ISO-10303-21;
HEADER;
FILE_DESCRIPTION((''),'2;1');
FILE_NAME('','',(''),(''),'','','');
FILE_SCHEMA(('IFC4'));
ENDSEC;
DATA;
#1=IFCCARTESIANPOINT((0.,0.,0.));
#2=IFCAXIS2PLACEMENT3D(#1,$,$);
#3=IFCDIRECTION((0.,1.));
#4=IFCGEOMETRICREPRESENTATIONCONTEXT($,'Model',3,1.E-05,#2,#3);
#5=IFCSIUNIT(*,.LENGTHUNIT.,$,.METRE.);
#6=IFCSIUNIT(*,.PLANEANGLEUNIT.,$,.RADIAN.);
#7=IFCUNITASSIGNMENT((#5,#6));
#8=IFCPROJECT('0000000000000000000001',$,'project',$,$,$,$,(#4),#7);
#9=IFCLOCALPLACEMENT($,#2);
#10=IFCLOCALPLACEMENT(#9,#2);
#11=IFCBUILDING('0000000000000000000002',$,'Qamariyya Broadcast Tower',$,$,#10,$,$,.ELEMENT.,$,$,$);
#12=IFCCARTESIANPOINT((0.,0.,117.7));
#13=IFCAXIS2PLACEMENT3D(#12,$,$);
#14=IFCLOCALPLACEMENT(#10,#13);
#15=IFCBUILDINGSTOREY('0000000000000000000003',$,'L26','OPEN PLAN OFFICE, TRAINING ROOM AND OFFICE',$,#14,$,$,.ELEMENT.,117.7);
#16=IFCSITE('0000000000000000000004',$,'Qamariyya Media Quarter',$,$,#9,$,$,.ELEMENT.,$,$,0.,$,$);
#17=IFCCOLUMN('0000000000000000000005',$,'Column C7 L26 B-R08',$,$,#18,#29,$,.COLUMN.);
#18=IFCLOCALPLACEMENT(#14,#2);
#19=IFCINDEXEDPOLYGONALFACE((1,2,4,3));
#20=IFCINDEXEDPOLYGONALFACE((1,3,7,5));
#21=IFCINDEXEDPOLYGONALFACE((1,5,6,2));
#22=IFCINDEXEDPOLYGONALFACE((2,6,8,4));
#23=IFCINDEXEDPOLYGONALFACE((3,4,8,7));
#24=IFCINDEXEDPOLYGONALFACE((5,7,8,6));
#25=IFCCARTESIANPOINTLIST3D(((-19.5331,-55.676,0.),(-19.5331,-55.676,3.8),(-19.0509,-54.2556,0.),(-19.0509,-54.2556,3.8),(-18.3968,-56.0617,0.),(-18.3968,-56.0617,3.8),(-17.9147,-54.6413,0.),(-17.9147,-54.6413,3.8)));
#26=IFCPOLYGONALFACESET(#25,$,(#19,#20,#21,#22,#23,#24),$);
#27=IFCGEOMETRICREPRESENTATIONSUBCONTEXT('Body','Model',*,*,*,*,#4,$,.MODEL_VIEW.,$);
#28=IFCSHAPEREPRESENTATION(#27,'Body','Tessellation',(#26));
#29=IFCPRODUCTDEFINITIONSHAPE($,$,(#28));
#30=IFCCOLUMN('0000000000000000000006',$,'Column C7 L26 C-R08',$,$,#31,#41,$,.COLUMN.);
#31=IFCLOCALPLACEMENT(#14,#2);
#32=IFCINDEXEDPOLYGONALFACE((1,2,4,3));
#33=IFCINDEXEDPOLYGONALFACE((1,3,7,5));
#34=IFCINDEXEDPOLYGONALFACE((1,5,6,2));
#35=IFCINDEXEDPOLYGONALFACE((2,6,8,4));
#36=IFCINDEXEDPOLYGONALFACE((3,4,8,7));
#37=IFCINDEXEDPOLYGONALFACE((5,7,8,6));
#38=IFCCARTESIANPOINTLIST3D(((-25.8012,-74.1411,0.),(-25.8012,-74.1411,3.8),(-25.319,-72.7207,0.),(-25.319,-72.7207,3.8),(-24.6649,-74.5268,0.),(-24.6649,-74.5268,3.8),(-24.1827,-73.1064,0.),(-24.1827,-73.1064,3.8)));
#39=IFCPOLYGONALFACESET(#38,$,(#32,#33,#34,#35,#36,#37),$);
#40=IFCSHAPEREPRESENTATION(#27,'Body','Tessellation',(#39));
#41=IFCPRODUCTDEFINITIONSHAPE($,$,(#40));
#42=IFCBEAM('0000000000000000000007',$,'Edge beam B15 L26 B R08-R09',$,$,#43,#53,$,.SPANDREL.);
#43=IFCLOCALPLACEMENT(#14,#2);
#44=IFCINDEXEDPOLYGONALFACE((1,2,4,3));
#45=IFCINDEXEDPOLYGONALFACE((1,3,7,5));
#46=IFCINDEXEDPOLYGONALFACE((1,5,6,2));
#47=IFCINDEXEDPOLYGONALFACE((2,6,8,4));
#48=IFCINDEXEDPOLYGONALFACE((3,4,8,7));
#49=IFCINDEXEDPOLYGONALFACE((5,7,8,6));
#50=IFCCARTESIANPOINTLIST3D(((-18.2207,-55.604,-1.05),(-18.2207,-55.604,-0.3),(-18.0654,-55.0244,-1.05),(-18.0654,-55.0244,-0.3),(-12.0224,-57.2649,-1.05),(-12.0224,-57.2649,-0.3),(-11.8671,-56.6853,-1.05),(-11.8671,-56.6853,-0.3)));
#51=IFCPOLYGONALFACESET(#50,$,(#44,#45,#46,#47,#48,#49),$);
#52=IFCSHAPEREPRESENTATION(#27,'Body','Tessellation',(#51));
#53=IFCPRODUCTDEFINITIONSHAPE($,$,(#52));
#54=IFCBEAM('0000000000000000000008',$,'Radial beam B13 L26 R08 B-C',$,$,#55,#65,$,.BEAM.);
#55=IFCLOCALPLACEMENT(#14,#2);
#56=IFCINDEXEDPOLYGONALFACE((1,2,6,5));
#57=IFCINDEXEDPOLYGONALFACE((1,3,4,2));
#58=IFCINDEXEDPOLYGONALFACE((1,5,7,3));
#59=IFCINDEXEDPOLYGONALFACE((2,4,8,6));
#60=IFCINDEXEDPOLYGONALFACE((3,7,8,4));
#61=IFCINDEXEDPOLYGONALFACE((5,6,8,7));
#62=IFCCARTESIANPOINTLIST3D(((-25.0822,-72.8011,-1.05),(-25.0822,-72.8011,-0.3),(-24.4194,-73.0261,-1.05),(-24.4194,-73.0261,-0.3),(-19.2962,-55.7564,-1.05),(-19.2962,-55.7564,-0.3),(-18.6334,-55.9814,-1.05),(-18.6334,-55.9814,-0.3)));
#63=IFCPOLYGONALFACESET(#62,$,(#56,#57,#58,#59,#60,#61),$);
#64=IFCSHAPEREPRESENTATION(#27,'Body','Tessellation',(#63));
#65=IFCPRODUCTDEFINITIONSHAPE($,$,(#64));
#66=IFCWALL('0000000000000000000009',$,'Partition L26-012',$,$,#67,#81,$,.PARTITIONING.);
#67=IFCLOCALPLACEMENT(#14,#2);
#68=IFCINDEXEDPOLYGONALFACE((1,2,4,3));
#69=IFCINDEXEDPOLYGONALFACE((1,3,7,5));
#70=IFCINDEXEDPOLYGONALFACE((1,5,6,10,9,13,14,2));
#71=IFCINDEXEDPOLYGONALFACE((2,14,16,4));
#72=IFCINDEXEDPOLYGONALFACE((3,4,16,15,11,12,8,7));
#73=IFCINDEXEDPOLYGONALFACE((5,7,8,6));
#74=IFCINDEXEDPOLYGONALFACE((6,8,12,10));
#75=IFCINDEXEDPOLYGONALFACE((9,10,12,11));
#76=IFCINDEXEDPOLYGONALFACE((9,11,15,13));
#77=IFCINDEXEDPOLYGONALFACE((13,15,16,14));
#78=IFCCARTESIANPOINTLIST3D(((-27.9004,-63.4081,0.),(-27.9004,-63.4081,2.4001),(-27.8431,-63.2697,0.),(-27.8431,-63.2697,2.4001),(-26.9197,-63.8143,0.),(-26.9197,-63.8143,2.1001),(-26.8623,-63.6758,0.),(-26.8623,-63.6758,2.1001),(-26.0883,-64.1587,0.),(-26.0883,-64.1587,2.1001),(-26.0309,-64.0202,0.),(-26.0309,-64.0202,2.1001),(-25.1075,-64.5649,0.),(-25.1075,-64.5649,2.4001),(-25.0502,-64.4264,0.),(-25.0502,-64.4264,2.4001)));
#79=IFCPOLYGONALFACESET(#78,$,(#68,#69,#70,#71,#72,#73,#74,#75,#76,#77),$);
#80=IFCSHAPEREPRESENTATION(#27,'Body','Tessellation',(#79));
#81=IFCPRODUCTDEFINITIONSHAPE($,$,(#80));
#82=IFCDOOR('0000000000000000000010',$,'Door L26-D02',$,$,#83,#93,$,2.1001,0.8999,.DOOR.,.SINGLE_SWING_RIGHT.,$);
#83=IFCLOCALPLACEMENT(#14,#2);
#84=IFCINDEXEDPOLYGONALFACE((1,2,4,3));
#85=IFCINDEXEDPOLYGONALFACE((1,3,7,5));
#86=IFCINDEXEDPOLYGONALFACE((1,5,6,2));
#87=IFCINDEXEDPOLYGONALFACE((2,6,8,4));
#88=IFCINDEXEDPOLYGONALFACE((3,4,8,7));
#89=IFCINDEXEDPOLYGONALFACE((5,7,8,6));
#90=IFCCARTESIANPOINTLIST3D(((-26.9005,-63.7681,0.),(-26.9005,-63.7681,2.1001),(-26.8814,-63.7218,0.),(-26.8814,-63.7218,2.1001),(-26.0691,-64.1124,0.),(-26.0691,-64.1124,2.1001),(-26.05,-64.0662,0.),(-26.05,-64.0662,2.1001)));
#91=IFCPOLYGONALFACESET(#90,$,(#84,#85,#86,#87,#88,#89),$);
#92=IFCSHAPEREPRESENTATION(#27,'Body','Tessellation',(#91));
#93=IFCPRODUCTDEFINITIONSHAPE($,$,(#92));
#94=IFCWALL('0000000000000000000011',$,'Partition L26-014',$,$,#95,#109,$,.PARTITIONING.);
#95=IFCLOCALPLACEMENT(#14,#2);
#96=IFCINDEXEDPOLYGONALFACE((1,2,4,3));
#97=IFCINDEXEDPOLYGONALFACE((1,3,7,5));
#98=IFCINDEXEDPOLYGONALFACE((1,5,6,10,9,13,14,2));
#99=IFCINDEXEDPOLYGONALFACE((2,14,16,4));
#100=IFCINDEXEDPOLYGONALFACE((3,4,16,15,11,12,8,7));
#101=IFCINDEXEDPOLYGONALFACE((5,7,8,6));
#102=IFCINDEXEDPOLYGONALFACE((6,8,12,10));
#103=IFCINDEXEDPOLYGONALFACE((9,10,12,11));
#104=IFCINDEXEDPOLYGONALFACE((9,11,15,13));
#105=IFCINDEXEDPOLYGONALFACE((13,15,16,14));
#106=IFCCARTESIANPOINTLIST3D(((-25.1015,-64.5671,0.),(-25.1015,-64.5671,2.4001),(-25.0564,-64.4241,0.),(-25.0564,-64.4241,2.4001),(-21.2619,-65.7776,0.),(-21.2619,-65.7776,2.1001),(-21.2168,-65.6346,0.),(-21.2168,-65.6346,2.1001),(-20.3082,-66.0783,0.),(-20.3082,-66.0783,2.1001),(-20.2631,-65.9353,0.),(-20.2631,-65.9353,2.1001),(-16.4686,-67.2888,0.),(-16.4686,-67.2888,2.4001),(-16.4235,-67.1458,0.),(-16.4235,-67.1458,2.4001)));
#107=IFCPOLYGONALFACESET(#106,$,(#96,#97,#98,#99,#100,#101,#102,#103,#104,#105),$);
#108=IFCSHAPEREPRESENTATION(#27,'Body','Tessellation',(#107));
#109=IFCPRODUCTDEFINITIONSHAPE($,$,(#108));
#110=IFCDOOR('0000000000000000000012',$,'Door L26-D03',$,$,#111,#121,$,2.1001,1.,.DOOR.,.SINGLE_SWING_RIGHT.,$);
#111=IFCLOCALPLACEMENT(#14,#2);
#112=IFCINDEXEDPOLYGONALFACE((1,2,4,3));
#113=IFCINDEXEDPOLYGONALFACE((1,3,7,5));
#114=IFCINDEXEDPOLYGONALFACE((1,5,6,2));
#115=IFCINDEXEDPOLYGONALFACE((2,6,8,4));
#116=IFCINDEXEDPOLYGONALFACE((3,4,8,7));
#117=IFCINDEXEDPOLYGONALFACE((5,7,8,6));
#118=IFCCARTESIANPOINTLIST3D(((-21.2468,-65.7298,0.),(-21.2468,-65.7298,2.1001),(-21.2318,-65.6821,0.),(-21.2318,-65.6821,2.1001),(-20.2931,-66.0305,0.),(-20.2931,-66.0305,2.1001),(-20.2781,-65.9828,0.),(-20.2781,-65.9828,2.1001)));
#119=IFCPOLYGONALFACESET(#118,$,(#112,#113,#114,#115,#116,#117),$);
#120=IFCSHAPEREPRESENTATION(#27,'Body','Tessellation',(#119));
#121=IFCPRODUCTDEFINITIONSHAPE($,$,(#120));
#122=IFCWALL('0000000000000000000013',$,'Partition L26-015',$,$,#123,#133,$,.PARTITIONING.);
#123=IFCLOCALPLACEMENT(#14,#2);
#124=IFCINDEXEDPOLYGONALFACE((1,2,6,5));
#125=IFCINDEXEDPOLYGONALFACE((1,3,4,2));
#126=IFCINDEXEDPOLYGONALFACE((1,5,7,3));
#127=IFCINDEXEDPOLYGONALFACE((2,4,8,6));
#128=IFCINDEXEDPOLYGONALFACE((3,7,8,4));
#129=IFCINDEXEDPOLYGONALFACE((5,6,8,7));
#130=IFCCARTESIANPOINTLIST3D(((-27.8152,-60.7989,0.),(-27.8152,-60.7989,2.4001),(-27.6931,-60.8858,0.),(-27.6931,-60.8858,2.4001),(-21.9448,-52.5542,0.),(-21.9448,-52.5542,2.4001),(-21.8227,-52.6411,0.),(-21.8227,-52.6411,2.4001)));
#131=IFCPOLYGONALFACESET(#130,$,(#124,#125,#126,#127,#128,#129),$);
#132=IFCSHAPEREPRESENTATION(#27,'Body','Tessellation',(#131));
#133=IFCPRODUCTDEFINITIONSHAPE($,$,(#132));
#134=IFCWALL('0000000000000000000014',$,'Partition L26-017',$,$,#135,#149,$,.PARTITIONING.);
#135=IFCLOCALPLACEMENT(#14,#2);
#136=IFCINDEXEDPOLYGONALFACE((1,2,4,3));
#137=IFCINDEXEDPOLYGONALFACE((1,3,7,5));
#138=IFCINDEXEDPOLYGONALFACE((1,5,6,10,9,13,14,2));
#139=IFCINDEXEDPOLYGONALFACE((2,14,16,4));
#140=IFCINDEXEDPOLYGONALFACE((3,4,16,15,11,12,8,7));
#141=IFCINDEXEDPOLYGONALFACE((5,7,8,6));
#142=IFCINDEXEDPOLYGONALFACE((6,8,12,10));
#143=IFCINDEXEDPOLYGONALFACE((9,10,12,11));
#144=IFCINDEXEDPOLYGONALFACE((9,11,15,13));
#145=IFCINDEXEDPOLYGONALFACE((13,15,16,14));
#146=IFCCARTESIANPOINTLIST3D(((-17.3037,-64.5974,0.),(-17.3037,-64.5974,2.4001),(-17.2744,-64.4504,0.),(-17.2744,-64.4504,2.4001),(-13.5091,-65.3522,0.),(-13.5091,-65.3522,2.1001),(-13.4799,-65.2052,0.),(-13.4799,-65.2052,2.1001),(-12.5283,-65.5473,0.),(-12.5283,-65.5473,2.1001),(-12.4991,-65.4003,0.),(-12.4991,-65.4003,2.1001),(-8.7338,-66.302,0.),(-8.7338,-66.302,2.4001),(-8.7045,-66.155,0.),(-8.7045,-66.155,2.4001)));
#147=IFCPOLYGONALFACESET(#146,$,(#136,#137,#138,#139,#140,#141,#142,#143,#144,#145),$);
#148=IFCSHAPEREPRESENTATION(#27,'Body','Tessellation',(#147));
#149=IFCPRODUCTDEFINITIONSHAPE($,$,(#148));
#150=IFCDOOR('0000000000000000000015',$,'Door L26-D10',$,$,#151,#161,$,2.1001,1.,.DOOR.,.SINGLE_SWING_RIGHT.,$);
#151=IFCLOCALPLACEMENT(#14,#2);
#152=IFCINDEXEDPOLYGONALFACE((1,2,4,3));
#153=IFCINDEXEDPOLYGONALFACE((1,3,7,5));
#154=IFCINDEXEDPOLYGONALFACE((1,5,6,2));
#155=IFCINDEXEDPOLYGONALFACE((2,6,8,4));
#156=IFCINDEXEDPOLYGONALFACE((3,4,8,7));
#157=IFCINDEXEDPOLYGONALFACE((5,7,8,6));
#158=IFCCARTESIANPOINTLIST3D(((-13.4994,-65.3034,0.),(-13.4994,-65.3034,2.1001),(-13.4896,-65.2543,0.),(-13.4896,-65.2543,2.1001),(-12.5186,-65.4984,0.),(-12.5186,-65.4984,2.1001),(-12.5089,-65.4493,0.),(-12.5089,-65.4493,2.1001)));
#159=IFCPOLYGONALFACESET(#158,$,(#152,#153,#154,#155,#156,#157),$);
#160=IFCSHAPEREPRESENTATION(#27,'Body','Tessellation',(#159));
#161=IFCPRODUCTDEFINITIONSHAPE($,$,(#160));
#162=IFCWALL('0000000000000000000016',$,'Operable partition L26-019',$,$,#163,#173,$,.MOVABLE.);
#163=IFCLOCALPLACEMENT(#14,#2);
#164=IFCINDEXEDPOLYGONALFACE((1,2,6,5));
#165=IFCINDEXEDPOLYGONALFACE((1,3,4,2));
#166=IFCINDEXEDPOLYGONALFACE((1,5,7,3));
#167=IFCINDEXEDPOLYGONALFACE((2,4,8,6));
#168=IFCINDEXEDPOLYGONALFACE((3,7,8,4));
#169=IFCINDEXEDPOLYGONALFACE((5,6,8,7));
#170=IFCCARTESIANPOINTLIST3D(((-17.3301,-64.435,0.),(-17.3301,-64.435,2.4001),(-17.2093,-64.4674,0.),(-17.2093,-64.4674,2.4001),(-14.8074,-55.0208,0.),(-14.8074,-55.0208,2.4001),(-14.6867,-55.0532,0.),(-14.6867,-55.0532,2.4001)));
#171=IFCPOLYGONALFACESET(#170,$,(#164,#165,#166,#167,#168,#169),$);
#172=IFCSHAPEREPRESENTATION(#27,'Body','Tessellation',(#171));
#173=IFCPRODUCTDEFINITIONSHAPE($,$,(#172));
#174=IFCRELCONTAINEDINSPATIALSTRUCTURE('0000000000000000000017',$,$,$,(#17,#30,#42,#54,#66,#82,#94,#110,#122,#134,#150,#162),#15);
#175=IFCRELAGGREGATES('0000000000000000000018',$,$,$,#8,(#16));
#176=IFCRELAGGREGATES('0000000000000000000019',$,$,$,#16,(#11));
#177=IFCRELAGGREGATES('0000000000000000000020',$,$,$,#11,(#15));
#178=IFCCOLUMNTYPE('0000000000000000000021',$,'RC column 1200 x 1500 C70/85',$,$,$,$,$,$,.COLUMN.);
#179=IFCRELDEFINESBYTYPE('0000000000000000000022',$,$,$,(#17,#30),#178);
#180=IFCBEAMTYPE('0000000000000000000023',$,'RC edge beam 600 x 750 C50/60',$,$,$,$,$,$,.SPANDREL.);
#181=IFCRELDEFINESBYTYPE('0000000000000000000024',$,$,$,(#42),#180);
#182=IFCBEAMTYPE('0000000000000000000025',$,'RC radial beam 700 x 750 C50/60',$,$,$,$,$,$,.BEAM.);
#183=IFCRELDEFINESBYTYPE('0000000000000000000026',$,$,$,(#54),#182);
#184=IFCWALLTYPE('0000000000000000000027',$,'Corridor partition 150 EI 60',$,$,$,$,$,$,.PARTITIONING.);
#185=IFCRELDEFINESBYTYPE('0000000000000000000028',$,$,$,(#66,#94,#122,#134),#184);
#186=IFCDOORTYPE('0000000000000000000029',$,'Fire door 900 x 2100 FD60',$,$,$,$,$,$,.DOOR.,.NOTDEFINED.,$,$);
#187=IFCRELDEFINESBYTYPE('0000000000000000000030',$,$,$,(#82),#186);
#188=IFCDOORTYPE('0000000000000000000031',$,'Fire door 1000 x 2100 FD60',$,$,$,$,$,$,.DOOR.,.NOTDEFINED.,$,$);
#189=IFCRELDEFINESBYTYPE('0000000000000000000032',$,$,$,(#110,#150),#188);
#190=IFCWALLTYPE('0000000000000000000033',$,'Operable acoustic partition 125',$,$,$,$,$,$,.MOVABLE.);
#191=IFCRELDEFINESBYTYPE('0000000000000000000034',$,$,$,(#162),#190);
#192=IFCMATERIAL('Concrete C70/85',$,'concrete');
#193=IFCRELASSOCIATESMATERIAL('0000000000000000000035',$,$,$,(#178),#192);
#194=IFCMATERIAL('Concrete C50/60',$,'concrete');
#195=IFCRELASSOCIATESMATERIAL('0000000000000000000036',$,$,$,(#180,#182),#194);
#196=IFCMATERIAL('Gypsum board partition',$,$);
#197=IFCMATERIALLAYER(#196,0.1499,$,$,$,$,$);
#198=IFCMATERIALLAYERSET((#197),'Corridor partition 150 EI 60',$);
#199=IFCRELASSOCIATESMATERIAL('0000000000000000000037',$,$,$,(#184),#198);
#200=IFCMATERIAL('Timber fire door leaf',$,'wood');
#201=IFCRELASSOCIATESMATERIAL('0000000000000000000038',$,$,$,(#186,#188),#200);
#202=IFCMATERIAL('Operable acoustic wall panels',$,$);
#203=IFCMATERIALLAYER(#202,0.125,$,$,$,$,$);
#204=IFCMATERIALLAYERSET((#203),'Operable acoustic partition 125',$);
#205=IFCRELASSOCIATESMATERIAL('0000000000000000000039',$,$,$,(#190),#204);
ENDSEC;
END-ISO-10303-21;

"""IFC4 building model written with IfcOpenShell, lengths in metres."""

from ifc_helpers import new_model, si_unit, direction, frame, frame_2d, origin, origin_2d, place, context, subcontext, project, spatial, rectangle, extrude, material, layer, layer_set, material_profile, profile_set, type_object, element, fill, save


model = new_model("IFC4")

# Units and contexts
model_context = context("Model", 3, precision=1e-05, world=origin(), true_north=direction((0.0, 1.0)))
body_context = subcontext(model_context, "Body", "Model", "MODEL_VIEW")
ifc_project = project(units=[si_unit("LENGTHUNIT", "METRE"), si_unit("PLANEANGLEUNIT", "RADIAN")], contexts=[model_context])

# Site, building, storey
site_placement = place(None, origin())
site = spatial("IfcSite", under=ifc_project, at=site_placement, Name="Qamariyya Media Quarter", CompositionType="ELEMENT", RefElevation=0.0)
building_placement = place(site_placement, origin())
building = spatial("IfcBuilding", under=site, at=building_placement, Name="Qamariyya Broadcast Tower", CompositionType="ELEMENT")
storey_placement = place(building_placement, frame((0.0, 0.0, 117.7)))
storey = spatial("IfcBuildingStorey", under=building, at=storey_placement, Name="L26", Description="OPEN PLAN OFFICE, TRAINING ROOM AND OFFICE", CompositionType="ELEMENT", Elevation=117.7)

# Columns
ifc_material_1 = material(Name="Concrete C70/85", Category="concrete")
ifc_material_profile_1 = material_profile(ifc_material_1, rectangle(XDim=1.2, YDim=1.5, at=origin_2d()))
ifc_profile_set_1 = profile_set([ifc_material_profile_1], Name="Concrete C70/85")
column_type = type_object("IfcColumnType", Name="RC column 1200 x 1500 C70/85", PredefinedType="COLUMN", material=ifc_profile_set_1)
for number, where, z_axis, x_axis, name in (
    (1, (-18.7239, -55.1587, 0.0), (0.0, 0.0, 1.0), (0.94693, -0.321439, 0.0), "Column C7 L26 B-R08"),
    (2, (-24.9919, -73.6238, 0.0), (0.0, 0.0, 1.0), (0.94693, -0.321439, 0.0), "Column C7 L26 C-R08"),
):
    element("IfcColumn", number, at=place(storey_placement, frame(where, z_axis=z_axis, x_axis=x_axis)), inside=storey, type_object=column_type, Name=name, PredefinedType="COLUMN", context=body_context, shape_type="SweptSolid", body=[
        extrude(rectangle(XDim=1.2, YDim=1.5, at=origin_2d()), origin(), (0.0, 0.0, 1.0), 3.8),
    ])

# Beams
ifc_material_2 = material(Name="Concrete C50/60", Category="concrete")
ifc_material_profile_2 = material_profile(ifc_material_2, rectangle(XDim=0.6001, YDim=0.75, at=origin_2d()))
ifc_profile_set_2 = profile_set([ifc_material_profile_2], Name="Concrete C50/60")
beam_type_1 = type_object("IfcBeamType", Name="RC edge beam 600 x 750 C50/60", PredefinedType="SPANDREL", material=ifc_profile_set_2)
beam_1_placement = place(storey_placement, frame((-18.1431, -55.3142, -0.675), z_axis=(0.965923, -0.25883, 0.0), x_axis=(0.25883, 0.965923, 0.0)))
element("IfcBeam", 3, at=beam_1_placement, inside=storey, type_object=beam_type_1, Name="Edge beam B15 L26 B R08-R09", PredefinedType="SPANDREL", context=body_context, shape_type="SweptSolid", body=[
    extrude(rectangle(XDim=0.6001, YDim=0.75, at=origin_2d()), origin(), (0.0, 0.0, 1.0), 6.417),
])
ifc_material_profile_3 = material_profile(ifc_material_2, rectangle(XDim=0.7, YDim=0.75, at=origin_2d()))
ifc_profile_set_3 = profile_set([ifc_material_profile_3], Name="Concrete C50/60")
beam_type_2 = type_object("IfcBeamType", Name="RC radial beam 700 x 750 C50/60", PredefinedType="BEAM", material=ifc_profile_set_3)
beam_2_placement = place(storey_placement, frame((-18.9648, -55.8689, -0.675), z_axis=(-0.321439, -0.94693, 0.0), x_axis=(0.94693, -0.321439, 0.0)))
element("IfcBeam", 4, at=beam_2_placement, inside=storey, type_object=beam_type_2, Name="Radial beam B13 L26 R08 B-C", PredefinedType="BEAM", context=body_context, shape_type="SweptSolid", body=[
    extrude(rectangle(XDim=0.7, YDim=0.75, at=origin_2d()), origin(), (0.0, 0.0, 1.0), 18.0),
])

# Walls, openings, doors
ifc_material_3 = material(Name="Gypsum board partition")
ifc_layer_1 = layer(ifc_material_3, 0.1499)
ifc_layer_set_1 = layer_set([ifc_layer_1], Name="Corridor partition 150 EI 60")
wall_type_1 = type_object("IfcWallType", Name="Corridor partition 150 EI 60", PredefinedType="PARTITIONING", material=ifc_layer_set_1)
wall_1_placement = place(storey_placement, frame((-25.0789, -64.4956, 0.0), z_axis=(0.0, 0.0, 1.0), x_axis=(-0.923897, 0.382642, 0.0)))
wall_1 = element("IfcWall", 5, at=wall_1_placement, inside=storey, type_object=wall_type_1, Name="Partition L26-012", PredefinedType="PARTITIONING", context=body_context, shape_type="SweptSolid", body=[
    extrude(rectangle(XDim=3.0229, YDim=0.1499, at=frame_2d((1.5115, 0.0))), origin(), (0.0, 0.0, 1.0), 2.4001),
])
opening_1_placement = place(wall_1_placement, frame((1.0615, 0.0, 0.0)))
opening_1 = element("IfcOpeningElement", 6, at=opening_1_placement, cuts=wall_1, PredefinedType="OPENING", context=body_context, shape_type="SweptSolid", body=[
    extrude(rectangle(XDim=0.8999, YDim=2.1001, at=frame_2d((0.45, 1.05))), frame((0.0, 0.085, 0.0), z_axis=(0.0, -1.0, 0.0), x_axis=(1.0, 0.0, 0.0)), (0.0, 0.0, 1.0), 0.1699),
])
ifc_material_4 = material(Name="Timber fire door leaf", Category="wood")
door_type_1 = type_object("IfcDoorType", Name="Fire door 900 x 2100 FD60", OperationType="NOTDEFINED", PredefinedType="DOOR", material=ifc_material_4)
door_1_placement = place(opening_1_placement, origin())
door_1 = element("IfcDoor", 7, at=door_1_placement, inside=storey, type_object=door_type_1, Name="Door L26-D02", OperationType="SINGLE_SWING_RIGHT", OverallHeight=2.1001, OverallWidth=0.8999, PredefinedType="DOOR", context=body_context, shape_type="SweptSolid", body=[
    extrude(rectangle(XDim=0.8999, YDim=2.1001, at=frame_2d((0.45, 1.05))), frame((0.0, 0.0249, 0.0), z_axis=(0.0, -1.0, 0.0), x_axis=(1.0, 0.0, 0.0)), (0.0, 0.0, 1.0), 0.05),
])
fill(opening_1, door_1)
wall_2_placement = place(storey_placement, frame((-16.446, -67.2173, 0.0), z_axis=(0.0, 0.0, 1.0), x_axis=(-0.953724, 0.300682, 0.0)))
wall_2 = element("IfcWall", 8, at=wall_2_placement, inside=storey, type_object=wall_type_1, Name="Partition L26-014", PredefinedType="PARTITIONING", context=body_context, shape_type="SweptSolid", body=[
    extrude(rectangle(XDim=9.0518, YDim=0.1499, at=frame_2d((4.5259, 0.0))), origin(), (0.0, 0.0, 1.0), 2.4001),
])
opening_2_placement = place(wall_2_placement, frame((4.0259, 0.0, 0.0)))
opening_2 = element("IfcOpeningElement", 9, at=opening_2_placement, cuts=wall_2, PredefinedType="OPENING", context=body_context, shape_type="SweptSolid", body=[
    extrude(rectangle(XDim=1.0, YDim=2.1001, at=frame_2d((0.5, 1.05))), frame((0.0, 0.085, 0.0), z_axis=(0.0, -1.0, 0.0), x_axis=(1.0, 0.0, 0.0)), (0.0, 0.0, 1.0), 0.1699),
])
door_type_2 = type_object("IfcDoorType", Name="Fire door 1000 x 2100 FD60", OperationType="NOTDEFINED", PredefinedType="DOOR", material=ifc_material_4)
door_2_placement = place(opening_2_placement, origin())
door_2 = element("IfcDoor", 10, at=door_2_placement, inside=storey, type_object=door_type_2, Name="Door L26-D03", OperationType="SINGLE_SWING_RIGHT", OverallHeight=2.1001, OverallWidth=1.0, PredefinedType="DOOR", context=body_context, shape_type="SweptSolid", body=[
    extrude(rectangle(XDim=1.0, YDim=2.1001, at=frame_2d((0.5, 1.05))), frame((0.0, 0.0249, 0.0), z_axis=(0.0, -1.0, 0.0), x_axis=(1.0, 0.0, 0.0)), (0.0, 0.0, 1.0), 0.05),
])
fill(opening_2, door_2)

# Wall
wall_3_placement = place(storey_placement, frame((-21.8838, -52.5977, 0.0), z_axis=(0.0, 0.0, 1.0), x_axis=(-0.580017, -0.814605, 0.0)))
element("IfcWall", 11, at=wall_3_placement, inside=storey, type_object=wall_type_1, Name="Partition L26-015", PredefinedType="PARTITIONING", context=body_context, shape_type="SweptSolid", body=[
    extrude(rectangle(XDim=10.1211, YDim=0.1499, at=frame_2d((5.0605, 0.0))), origin(), (0.0, 0.0, 1.0), 2.4001),
])

# Wall, opening, door
wall_4_placement = place(storey_placement, frame((-17.2891, -64.5239, 0.0), z_axis=(0.0, 0.0, 1.0), x_axis=(0.980786, -0.195084, 0.0)))
wall_4 = element("IfcWall", 12, at=wall_4_placement, inside=storey, type_object=wall_type_1, Name="Partition L26-017", PredefinedType="PARTITIONING", context=body_context, shape_type="SweptSolid", body=[
    extrude(rectangle(XDim=8.7378, YDim=0.1499, at=frame_2d((4.3689, 0.0))), origin(), (0.0, 0.0, 1.0), 2.4001),
])
opening_3_placement = place(wall_4_placement, frame((3.8689, 0.0, 0.0)))
opening_3 = element("IfcOpeningElement", 13, at=opening_3_placement, cuts=wall_4, PredefinedType="OPENING", context=body_context, shape_type="SweptSolid", body=[
    extrude(rectangle(XDim=1.0, YDim=2.1001, at=frame_2d((0.5, 1.05))), frame((0.0, 0.085, 0.0), z_axis=(0.0, -1.0, 0.0), x_axis=(1.0, 0.0, 0.0)), (0.0, 0.0, 1.0), 0.1699),
])
door_3_placement = place(opening_3_placement, origin())
door_3 = element("IfcDoor", 14, at=door_3_placement, inside=storey, type_object=door_type_2, Name="Door L26-D10", OperationType="SINGLE_SWING_RIGHT", OverallHeight=2.1001, OverallWidth=1.0, PredefinedType="DOOR", context=body_context, shape_type="SweptSolid", body=[
    extrude(rectangle(XDim=1.0, YDim=2.1001, at=frame_2d((0.5, 1.05))), frame((0.0, 0.0249, 0.0), z_axis=(0.0, -1.0, 0.0), x_axis=(1.0, 0.0, 0.0)), (0.0, 0.0, 1.0), 0.05),
])
fill(opening_3, door_3)

# Wall
ifc_material_5 = material(Name="Operable acoustic wall panels")
ifc_layer_2 = layer(ifc_material_5, 0.125)
ifc_layer_set_2 = layer_set([ifc_layer_2], Name="Operable acoustic partition 125")
wall_type_2 = type_object("IfcWallType", Name="Operable acoustic partition 125", PredefinedType="MOVABLE", material=ifc_layer_set_2)
wall_5_placement = place(storey_placement, frame((-14.7471, -55.0371, 0.0), z_axis=(0.0, 0.0, 1.0), x_axis=(-0.258833, -0.965922, 0.0)))
element("IfcWall", 15, at=wall_5_placement, inside=storey, type_object=wall_type_2, Name="Operable partition L26-019", PredefinedType="MOVABLE", context=body_context, shape_type="SweptSolid", body=[
    extrude(rectangle(XDim=9.7463, YDim=0.125, at=frame_2d((4.873, 0.0))), origin(), (0.0, 0.0, 1.0), 2.4001),
])

save(model, "model.ifc")
